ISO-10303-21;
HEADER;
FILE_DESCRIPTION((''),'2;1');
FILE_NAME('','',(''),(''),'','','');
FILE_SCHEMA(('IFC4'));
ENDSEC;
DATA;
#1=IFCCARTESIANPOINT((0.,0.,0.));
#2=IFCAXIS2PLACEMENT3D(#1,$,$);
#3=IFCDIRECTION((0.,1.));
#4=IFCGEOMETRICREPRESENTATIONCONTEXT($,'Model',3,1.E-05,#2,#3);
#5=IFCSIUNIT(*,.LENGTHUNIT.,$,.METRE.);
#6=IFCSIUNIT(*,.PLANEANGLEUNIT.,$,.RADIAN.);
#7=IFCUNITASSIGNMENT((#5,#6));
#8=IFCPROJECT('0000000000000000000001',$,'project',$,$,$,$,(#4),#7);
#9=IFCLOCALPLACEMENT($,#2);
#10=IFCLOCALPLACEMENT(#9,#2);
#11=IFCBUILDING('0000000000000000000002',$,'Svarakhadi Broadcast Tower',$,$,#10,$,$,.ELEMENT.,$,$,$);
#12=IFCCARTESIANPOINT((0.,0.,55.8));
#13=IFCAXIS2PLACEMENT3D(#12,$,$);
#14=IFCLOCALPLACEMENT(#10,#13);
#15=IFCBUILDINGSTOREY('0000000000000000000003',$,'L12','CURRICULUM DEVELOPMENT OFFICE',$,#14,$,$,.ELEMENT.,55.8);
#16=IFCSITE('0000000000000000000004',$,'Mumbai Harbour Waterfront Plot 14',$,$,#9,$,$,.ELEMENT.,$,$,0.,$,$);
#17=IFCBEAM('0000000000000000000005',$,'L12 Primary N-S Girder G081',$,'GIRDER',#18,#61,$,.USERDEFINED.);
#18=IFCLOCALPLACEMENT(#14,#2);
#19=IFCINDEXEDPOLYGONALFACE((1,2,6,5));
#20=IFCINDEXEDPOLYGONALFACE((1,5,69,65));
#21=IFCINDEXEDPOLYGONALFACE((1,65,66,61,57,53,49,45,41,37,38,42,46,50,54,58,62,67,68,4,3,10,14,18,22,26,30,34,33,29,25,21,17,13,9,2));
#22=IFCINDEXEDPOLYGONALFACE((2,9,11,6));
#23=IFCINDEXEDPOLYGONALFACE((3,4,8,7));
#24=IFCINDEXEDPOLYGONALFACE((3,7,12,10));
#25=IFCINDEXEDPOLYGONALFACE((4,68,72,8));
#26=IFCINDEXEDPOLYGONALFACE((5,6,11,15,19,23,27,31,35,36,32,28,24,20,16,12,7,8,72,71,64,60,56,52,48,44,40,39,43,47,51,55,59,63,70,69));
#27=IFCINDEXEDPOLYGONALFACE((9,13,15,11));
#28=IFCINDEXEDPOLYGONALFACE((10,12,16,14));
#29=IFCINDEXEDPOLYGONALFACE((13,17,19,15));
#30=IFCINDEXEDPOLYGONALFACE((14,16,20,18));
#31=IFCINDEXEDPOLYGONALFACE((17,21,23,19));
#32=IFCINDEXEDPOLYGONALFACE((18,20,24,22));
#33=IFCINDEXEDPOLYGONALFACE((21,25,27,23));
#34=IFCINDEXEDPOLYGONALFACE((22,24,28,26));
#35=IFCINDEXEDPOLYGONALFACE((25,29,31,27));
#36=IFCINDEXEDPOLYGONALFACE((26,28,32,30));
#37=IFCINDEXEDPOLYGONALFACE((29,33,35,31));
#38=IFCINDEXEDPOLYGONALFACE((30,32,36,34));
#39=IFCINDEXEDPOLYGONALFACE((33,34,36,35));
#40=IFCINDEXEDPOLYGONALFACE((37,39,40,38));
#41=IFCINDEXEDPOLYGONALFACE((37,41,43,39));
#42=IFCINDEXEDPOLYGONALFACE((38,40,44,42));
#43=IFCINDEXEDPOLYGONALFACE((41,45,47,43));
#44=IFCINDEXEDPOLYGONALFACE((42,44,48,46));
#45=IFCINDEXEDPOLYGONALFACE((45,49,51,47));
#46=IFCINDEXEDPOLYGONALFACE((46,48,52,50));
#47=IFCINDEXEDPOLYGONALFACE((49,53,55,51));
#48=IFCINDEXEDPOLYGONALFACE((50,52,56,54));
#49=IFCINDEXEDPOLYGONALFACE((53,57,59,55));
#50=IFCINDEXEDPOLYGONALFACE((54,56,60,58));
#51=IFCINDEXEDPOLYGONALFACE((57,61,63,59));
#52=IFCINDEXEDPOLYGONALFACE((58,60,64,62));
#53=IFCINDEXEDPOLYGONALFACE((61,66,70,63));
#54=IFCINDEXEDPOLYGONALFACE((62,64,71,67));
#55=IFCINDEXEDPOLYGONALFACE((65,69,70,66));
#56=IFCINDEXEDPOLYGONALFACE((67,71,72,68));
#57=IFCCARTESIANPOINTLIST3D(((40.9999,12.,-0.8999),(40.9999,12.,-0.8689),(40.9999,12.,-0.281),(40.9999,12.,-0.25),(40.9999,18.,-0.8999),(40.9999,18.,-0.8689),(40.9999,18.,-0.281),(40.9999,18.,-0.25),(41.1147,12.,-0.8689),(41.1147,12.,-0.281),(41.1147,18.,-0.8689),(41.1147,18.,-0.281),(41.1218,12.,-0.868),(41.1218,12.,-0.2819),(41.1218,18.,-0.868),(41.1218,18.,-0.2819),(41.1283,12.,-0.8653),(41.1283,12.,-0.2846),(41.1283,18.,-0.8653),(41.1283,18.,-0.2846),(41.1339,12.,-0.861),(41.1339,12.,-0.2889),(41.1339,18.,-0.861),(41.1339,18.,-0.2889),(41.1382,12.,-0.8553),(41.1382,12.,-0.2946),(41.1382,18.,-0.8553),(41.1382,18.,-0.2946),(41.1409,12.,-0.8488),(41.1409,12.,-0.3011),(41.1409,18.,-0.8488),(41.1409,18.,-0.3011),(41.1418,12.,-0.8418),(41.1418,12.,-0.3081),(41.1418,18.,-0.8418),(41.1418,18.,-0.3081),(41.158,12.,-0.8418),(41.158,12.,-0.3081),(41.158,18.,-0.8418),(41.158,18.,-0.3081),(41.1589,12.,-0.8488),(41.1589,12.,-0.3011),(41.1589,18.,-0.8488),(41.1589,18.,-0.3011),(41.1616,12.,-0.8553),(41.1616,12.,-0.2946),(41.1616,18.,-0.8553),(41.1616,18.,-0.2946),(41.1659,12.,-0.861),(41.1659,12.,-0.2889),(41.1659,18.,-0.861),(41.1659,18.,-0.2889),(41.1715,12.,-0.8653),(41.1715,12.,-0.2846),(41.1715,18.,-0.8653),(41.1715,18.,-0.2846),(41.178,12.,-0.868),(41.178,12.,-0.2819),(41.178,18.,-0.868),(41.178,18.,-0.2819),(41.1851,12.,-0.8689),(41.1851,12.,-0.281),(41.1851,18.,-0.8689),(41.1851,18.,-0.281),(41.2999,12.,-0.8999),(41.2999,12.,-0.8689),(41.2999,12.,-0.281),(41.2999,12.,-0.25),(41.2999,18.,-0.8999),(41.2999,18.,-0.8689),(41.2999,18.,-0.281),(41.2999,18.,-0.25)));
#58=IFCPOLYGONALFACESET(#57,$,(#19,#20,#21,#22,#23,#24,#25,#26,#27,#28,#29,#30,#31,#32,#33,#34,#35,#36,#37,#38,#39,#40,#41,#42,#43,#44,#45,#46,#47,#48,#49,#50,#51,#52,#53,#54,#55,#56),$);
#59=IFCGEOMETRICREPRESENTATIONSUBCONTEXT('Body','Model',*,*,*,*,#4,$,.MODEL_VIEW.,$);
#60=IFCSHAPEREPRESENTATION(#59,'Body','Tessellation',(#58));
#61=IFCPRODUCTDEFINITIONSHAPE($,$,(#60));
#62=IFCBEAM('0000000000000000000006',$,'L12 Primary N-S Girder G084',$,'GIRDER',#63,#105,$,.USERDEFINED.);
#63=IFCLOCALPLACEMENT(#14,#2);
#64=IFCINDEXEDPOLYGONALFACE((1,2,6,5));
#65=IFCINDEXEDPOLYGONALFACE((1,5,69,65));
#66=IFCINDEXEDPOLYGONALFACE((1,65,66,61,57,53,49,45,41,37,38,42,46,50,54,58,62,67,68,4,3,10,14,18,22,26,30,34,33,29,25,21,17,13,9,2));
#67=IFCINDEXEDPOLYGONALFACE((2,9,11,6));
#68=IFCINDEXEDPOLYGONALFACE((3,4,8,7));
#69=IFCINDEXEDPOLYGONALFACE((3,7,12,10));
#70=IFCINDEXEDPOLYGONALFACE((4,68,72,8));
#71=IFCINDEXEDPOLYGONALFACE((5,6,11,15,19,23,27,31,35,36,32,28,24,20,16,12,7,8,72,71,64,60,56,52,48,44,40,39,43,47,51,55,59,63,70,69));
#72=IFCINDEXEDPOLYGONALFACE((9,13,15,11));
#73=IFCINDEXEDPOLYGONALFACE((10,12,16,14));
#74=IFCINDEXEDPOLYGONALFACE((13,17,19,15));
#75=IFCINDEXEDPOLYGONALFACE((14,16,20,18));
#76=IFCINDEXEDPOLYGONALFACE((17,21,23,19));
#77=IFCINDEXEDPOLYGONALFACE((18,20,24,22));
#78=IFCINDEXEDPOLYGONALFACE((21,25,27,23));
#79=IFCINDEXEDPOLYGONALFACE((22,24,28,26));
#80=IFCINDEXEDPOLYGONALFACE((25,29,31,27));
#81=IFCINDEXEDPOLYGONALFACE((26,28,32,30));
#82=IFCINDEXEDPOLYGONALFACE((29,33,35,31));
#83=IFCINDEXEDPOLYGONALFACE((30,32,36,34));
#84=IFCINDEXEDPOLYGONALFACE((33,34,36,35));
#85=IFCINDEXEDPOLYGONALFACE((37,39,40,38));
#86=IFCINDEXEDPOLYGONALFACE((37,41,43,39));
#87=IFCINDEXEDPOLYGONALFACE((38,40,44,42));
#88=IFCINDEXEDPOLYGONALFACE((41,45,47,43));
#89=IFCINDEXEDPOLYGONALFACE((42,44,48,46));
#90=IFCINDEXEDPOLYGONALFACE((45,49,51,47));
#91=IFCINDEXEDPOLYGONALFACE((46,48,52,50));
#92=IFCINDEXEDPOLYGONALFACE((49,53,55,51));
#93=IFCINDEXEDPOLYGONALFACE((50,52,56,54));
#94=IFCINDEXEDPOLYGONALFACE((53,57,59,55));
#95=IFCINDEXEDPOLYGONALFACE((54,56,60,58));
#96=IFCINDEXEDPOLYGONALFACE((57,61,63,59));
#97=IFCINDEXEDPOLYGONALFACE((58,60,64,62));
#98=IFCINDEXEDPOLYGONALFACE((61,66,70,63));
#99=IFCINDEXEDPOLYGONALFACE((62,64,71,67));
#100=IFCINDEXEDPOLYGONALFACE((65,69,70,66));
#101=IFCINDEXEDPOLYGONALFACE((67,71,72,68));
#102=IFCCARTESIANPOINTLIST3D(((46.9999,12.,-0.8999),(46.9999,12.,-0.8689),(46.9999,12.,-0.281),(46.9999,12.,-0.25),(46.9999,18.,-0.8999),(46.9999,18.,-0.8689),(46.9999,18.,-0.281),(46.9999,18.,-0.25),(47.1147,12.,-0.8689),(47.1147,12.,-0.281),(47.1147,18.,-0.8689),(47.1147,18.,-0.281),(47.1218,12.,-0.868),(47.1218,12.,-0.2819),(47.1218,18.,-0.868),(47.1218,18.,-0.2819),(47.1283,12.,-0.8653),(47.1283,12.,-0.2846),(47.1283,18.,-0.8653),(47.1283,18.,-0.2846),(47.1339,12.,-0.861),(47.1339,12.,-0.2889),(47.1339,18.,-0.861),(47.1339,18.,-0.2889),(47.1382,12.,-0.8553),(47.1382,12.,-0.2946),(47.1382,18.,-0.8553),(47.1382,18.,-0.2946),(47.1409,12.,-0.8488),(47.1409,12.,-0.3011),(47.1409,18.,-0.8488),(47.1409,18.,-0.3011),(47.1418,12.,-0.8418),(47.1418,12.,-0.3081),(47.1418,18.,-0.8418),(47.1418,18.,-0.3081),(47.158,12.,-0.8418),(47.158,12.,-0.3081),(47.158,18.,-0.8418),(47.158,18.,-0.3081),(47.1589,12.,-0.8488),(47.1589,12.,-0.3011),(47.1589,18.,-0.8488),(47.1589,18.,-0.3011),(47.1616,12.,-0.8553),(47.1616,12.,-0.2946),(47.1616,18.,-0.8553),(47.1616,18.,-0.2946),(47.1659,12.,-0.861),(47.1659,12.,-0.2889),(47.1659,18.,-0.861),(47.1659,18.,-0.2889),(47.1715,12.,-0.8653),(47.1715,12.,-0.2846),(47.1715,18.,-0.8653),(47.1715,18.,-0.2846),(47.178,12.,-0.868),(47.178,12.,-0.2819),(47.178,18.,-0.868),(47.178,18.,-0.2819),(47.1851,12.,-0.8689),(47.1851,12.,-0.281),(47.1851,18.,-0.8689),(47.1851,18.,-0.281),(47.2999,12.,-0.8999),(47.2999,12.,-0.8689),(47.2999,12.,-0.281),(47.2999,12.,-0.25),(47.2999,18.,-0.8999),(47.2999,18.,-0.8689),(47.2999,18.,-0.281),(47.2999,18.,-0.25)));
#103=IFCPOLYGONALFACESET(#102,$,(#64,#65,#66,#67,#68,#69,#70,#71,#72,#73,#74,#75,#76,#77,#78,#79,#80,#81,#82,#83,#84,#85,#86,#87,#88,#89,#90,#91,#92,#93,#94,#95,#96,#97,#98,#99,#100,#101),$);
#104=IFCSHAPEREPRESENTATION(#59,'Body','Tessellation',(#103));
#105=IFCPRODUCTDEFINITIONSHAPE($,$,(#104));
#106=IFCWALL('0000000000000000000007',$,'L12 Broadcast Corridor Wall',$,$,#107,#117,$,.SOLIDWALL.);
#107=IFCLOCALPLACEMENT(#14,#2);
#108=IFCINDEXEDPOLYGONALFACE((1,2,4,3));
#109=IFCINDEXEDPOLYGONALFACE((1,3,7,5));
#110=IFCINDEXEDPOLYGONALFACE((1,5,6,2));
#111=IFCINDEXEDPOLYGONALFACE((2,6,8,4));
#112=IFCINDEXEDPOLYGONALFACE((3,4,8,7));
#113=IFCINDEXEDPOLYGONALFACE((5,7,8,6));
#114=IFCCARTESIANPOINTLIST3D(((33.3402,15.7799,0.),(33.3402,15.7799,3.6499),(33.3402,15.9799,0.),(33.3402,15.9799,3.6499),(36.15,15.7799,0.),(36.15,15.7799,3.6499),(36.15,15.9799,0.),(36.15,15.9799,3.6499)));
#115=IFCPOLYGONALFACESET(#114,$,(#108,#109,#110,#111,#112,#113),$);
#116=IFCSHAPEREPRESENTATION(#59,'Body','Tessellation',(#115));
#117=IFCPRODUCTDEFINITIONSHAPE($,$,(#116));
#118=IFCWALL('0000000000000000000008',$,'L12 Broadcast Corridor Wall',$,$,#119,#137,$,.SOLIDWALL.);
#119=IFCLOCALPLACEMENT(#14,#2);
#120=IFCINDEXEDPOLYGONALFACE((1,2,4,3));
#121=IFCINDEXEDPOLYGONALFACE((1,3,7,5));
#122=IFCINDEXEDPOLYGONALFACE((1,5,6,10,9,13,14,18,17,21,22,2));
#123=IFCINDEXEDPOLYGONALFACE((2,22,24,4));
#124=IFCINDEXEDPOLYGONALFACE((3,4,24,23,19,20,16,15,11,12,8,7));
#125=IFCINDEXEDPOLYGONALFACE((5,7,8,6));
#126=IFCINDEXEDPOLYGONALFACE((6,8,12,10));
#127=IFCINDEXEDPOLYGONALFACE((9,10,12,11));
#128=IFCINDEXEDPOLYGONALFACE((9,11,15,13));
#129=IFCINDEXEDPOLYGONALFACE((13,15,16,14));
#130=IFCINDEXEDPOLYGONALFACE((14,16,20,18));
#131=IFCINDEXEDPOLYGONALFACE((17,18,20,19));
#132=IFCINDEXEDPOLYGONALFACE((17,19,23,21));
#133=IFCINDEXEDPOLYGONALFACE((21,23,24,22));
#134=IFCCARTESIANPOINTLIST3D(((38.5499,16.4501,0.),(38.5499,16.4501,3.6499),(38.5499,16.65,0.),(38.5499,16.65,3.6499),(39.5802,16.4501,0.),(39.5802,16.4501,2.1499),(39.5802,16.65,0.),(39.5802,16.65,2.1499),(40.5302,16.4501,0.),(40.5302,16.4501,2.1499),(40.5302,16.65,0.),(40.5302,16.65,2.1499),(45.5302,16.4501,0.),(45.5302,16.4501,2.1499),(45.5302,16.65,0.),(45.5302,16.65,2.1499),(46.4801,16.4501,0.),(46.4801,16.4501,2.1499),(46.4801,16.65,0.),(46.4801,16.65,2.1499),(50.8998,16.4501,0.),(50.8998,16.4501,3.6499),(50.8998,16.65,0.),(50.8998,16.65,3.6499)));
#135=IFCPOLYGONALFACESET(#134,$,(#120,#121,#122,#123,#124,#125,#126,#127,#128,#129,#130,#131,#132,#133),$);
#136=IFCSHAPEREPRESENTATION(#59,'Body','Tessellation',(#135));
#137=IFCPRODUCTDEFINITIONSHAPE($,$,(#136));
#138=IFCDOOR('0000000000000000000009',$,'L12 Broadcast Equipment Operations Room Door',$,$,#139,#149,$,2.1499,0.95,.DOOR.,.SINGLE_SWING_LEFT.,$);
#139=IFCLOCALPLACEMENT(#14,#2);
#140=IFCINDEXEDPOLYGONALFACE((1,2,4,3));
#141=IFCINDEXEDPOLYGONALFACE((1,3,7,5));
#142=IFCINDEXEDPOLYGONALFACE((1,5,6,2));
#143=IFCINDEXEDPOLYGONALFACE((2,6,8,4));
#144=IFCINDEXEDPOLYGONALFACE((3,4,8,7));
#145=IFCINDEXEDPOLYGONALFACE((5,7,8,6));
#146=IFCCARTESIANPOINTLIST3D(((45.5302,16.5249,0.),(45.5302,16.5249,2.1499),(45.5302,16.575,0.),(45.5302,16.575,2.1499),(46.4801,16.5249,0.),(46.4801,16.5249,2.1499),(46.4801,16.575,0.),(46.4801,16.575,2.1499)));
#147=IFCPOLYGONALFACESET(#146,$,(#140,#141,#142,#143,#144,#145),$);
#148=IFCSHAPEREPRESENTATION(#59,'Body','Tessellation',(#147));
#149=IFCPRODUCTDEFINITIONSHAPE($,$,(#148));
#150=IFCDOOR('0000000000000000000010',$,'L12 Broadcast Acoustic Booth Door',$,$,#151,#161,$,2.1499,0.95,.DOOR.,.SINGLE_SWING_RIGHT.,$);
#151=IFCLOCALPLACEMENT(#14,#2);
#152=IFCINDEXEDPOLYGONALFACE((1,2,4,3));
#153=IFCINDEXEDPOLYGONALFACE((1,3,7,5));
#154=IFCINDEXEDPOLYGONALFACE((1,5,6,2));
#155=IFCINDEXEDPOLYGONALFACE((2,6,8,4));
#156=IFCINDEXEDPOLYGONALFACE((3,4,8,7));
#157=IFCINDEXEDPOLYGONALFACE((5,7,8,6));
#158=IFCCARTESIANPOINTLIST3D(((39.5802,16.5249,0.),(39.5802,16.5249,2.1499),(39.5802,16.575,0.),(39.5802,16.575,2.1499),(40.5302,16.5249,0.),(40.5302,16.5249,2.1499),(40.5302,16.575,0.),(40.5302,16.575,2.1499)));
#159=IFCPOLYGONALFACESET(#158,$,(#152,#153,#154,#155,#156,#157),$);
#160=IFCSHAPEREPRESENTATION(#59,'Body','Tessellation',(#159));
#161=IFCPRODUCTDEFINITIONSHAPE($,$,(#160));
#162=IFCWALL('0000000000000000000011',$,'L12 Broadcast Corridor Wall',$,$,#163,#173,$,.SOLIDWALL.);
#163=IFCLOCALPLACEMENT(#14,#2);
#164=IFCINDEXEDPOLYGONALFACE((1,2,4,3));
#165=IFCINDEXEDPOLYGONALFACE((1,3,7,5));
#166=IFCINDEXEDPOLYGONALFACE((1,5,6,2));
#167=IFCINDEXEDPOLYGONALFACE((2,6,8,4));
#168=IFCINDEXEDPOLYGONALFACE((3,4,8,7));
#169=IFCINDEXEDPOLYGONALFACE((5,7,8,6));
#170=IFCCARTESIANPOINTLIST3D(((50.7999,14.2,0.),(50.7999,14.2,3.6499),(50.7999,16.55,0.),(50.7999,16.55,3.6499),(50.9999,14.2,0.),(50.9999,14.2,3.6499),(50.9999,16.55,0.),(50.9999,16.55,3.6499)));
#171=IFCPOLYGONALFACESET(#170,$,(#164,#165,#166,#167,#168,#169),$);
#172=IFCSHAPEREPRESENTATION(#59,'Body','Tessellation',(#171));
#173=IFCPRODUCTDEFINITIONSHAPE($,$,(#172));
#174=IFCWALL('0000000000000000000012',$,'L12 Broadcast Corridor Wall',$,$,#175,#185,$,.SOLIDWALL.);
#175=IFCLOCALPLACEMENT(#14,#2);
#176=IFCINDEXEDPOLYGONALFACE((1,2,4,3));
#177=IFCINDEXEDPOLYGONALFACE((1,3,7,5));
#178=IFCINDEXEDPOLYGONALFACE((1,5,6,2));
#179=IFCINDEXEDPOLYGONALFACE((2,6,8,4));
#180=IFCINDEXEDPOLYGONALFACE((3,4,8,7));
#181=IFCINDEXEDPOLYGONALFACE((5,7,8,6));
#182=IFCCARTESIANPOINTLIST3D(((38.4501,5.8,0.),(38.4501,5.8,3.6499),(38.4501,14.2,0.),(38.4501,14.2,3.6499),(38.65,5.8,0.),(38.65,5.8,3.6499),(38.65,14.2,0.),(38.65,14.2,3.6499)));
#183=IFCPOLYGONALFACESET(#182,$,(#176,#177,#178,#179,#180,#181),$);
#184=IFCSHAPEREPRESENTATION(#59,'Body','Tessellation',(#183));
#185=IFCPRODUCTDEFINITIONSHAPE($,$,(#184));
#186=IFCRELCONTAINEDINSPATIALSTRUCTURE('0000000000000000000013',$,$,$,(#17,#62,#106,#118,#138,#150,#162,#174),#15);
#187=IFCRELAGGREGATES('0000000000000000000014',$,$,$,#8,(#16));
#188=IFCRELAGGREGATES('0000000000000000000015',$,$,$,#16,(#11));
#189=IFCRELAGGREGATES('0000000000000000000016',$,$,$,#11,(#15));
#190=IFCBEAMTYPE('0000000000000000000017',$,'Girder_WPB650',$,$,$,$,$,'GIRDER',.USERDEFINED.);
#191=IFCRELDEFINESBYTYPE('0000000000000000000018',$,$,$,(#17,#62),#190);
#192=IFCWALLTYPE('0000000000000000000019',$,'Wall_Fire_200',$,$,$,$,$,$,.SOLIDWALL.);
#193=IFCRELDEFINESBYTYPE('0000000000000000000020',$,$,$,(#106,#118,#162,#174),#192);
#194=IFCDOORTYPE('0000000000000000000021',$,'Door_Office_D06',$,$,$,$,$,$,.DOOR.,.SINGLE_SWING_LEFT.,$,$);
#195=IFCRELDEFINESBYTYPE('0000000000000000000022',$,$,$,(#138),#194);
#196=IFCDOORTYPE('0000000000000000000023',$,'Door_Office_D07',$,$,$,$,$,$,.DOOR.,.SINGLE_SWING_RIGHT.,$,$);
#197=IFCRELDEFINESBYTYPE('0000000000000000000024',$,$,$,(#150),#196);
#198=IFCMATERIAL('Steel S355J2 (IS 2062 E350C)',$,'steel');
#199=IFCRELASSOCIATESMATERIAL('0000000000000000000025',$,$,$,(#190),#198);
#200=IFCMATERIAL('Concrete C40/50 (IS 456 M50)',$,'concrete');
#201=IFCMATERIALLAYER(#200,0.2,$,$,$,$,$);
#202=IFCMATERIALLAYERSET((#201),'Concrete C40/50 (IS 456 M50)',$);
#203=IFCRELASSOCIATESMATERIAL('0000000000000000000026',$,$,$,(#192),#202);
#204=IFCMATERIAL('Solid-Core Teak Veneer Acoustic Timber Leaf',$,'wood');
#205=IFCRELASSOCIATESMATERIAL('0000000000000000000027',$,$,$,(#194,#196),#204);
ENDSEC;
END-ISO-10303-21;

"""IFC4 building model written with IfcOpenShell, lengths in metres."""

from ifc_helpers import new_model, si_unit, direction, frame, frame_2d, origin, origin_2d, place, context, subcontext, project, spatial, rectangle, i_section, extrude, material, layer, layer_set, material_profile, profile_set, type_object, element, fill, save


model = new_model("IFC4")

# Units and contexts
model_context = context("Model", 3, precision=1e-05, world=origin(), true_north=direction((0.0, 1.0)))
body_context = subcontext(model_context, "Body", "Model", "MODEL_VIEW")
ifc_project = project(units=[si_unit("LENGTHUNIT", "METRE"), si_unit("PLANEANGLEUNIT", "RADIAN")], contexts=[model_context])

# Site, building, storey
site_placement = place(None, origin())
site = spatial("IfcSite", under=ifc_project, at=site_placement, Name="Mumbai Harbour Waterfront Plot 14", CompositionType="ELEMENT", RefElevation=0.0)
building_placement = place(site_placement, origin())
building = spatial("IfcBuilding", under=site, at=building_placement, Name="Svarakhadi Broadcast Tower", CompositionType="ELEMENT")
storey_placement = place(building_placement, frame((0.0, 0.0, 55.8)))
storey = spatial("IfcBuildingStorey", under=building, at=storey_placement, Name="L12", Description="CURRICULUM DEVELOPMENT OFFICE", CompositionType="ELEMENT", Elevation=55.8)

# Beams
ifc_material_1 = material(Name="Steel S355J2 (IS 2062 E350C)", Category="steel")
ifc_material_profile_1 = material_profile(ifc_material_1, i_section(OverallWidth=0.3, OverallDepth=0.6499, WebThickness=0.0161, FlangeThickness=0.031, FilletRadius=0.0271, at=origin_2d()), Name="WPB 650x300x225")
ifc_profile_set_1 = profile_set([ifc_material_profile_1], Name="Steel S355J2 (IS 2062 E350C)")
beam_type_1 = type_object("IfcBeamType", Name="Girder_WPB650", ElementType="GIRDER", PredefinedType="USERDEFINED", material=ifc_profile_set_1)
for number, where, z_axis, x_axis, name in (
    (1, (41.1499, 12.0, -0.575), (0.0, 1.0, 0.0), (-1.0, 0.0, 0.0), "L12 Primary N-S Girder G081"),
    (2, (47.1499, 12.0, -0.575), (0.0, 1.0, 0.0), (-1.0, 0.0, 0.0), "L12 Primary N-S Girder G084"),
):
    element("IfcBeam", number, at=place(storey_placement, frame(where, z_axis=z_axis, x_axis=x_axis)), inside=storey, type_object=beam_type_1, Name=name, ObjectType="GIRDER", PredefinedType="USERDEFINED", context=body_context, shape_type="SweptSolid", body=[
        extrude(i_section(OverallWidth=0.3, OverallDepth=0.6499, WebThickness=0.0161, FlangeThickness=0.031, FilletRadius=0.0271, at=origin_2d()), origin(), (0.0, 0.0, 1.0), 6.0),
    ])

# Wall
ifc_material_2 = material(Name="Concrete C40/50 (IS 456 M50)", Category="concrete")
ifc_layer_1 = layer(ifc_material_2, 0.2)
ifc_layer_set_1 = layer_set([ifc_layer_1], Name="Concrete C40/50 (IS 456 M50)")
wall_type_1 = type_object("IfcWallType", Name="Wall_Fire_200", PredefinedType="SOLIDWALL", material=ifc_layer_set_1)
wall_1_placement = place(storey_placement, frame((36.1499, 15.8799, 0.0), z_axis=(0.0, 0.0, 1.0), x_axis=(-1.0, 0.0, 0.0)))
element("IfcWall", 3, at=wall_1_placement, inside=storey, type_object=wall_type_1, Name="L12 Broadcast Corridor Wall", PredefinedType="SOLIDWALL", context=body_context, shape_type="SweptSolid", body=[
    extrude(rectangle(XDim=2.8098, YDim=0.2, at=frame_2d((1.4048, 0.0))), origin(), (0.0, 0.0, 1.0), 3.6499),
])

# Wall, openings, doors
wall_2_placement = place(storey_placement, frame((38.55, 16.55, 0.0), z_axis=(0.0, 0.0, 1.0), x_axis=(1.0, 0.0, 0.0)))
wall_2 = element("IfcWall", 4, at=wall_2_placement, inside=storey, type_object=wall_type_1, Name="L12 Broadcast Corridor Wall", PredefinedType="SOLIDWALL", context=body_context, shape_type="SweptSolid", body=[
    extrude(rectangle(XDim=12.3499, YDim=0.2, at=frame_2d((6.1748, 0.0))), origin(), (0.0, 0.0, 1.0), 3.6499),
])
opening_1_placement = place(wall_2_placement, frame((1.03, 0.0, 0.0)))
opening_1 = element("IfcOpeningElement", 5, at=opening_1_placement, cuts=wall_2, PredefinedType="OPENING", context=body_context, shape_type="SweptSolid", body=[
    extrude(rectangle(XDim=0.95, YDim=2.1499, at=frame_2d((0.4751, 1.075))), frame((0.0, 0.1099, 0.0), z_axis=(0.0, -1.0, 0.0), x_axis=(1.0, 0.0, 0.0)), (0.0, 0.0, 1.0), 0.22),
])
opening_2_placement = place(wall_2_placement, frame((6.98, 0.0, 0.0)))
opening_2 = element("IfcOpeningElement", 6, at=opening_2_placement, cuts=wall_2, PredefinedType="OPENING", context=body_context, shape_type="SweptSolid", body=[
    extrude(rectangle(XDim=0.95, YDim=2.1499, at=frame_2d((0.4751, 1.075))), frame((0.0, 0.1099, 0.0), z_axis=(0.0, -1.0, 0.0), x_axis=(1.0, 0.0, 0.0)), (0.0, 0.0, 1.0), 0.22),
])
ifc_material_3 = material(Name="Solid-Core Teak Veneer Acoustic Timber Leaf", Category="wood")
door_type_1 = type_object("IfcDoorType", Name="Door_Office_D06", OperationType="SINGLE_SWING_LEFT", PredefinedType="DOOR", material=ifc_material_3)
door_1_placement = place(opening_2_placement, origin())
door_1 = element("IfcDoor", 7, at=door_1_placement, inside=storey, type_object=door_type_1, Name="L12 Broadcast Equipment Operations Room Door", OperationType="SINGLE_SWING_LEFT", OverallHeight=2.1499, OverallWidth=0.95, PredefinedType="DOOR", context=body_context, shape_type="SweptSolid", body=[
    extrude(rectangle(XDim=0.95, YDim=2.1499, at=frame_2d((0.4751, 1.075))), frame((0.0, 0.0249, 0.0), z_axis=(0.0, -1.0, 0.0), x_axis=(1.0, 0.0, 0.0)), (0.0, 0.0, 1.0), 0.05),
])
fill(opening_2, door_1)
door_type_2 = type_object("IfcDoorType", Name="Door_Office_D07", OperationType="SINGLE_SWING_RIGHT", PredefinedType="DOOR", material=ifc_material_3)
door_2_placement = place(opening_1_placement, origin())
door_2 = element("IfcDoor", 8, at=door_2_placement, inside=storey, type_object=door_type_2, Name="L12 Broadcast Acoustic Booth Door", OperationType="SINGLE_SWING_RIGHT", OverallHeight=2.1499, OverallWidth=0.95, PredefinedType="DOOR", context=body_context, shape_type="SweptSolid", body=[
    extrude(rectangle(XDim=0.95, YDim=2.1499, at=frame_2d((0.4751, 1.075))), frame((0.0, 0.0249, 0.0), z_axis=(0.0, -1.0, 0.0), x_axis=(1.0, 0.0, 0.0)), (0.0, 0.0, 1.0), 0.05),
])
fill(opening_1, door_2)

# Wall
wall_3_placement = place(storey_placement, frame((50.8999, 16.55, 0.0), z_axis=(0.0, 0.0, 1.0), x_axis=(0.0, -1.0, 0.0)))
element("IfcWall", 9, at=wall_3_placement, inside=storey, type_object=wall_type_1, Name="L12 Broadcast Corridor Wall", PredefinedType="SOLIDWALL", context=body_context, shape_type="SweptSolid", body=[
    extrude(rectangle(XDim=2.3501, YDim=0.2, at=frame_2d((1.175, 0.0))), origin(), (0.0, 0.0, 1.0), 3.6499),
])

# Wall
wall_4_placement = place(storey_placement, frame((38.55, 14.2, 0.0), z_axis=(0.0, 0.0, 1.0), x_axis=(0.0, -1.0, 0.0)))
element("IfcWall", 10, at=wall_4_placement, inside=storey, type_object=wall_type_1, Name="L12 Broadcast Corridor Wall", PredefinedType="SOLIDWALL", context=body_context, shape_type="SweptSolid", body=[
    extrude(rectangle(XDim=8.3999, YDim=0.2, at=frame_2d((4.2, 0.0))), origin(), (0.0, 0.0, 1.0), 3.6499),
])

save(model, "model.ifc")
